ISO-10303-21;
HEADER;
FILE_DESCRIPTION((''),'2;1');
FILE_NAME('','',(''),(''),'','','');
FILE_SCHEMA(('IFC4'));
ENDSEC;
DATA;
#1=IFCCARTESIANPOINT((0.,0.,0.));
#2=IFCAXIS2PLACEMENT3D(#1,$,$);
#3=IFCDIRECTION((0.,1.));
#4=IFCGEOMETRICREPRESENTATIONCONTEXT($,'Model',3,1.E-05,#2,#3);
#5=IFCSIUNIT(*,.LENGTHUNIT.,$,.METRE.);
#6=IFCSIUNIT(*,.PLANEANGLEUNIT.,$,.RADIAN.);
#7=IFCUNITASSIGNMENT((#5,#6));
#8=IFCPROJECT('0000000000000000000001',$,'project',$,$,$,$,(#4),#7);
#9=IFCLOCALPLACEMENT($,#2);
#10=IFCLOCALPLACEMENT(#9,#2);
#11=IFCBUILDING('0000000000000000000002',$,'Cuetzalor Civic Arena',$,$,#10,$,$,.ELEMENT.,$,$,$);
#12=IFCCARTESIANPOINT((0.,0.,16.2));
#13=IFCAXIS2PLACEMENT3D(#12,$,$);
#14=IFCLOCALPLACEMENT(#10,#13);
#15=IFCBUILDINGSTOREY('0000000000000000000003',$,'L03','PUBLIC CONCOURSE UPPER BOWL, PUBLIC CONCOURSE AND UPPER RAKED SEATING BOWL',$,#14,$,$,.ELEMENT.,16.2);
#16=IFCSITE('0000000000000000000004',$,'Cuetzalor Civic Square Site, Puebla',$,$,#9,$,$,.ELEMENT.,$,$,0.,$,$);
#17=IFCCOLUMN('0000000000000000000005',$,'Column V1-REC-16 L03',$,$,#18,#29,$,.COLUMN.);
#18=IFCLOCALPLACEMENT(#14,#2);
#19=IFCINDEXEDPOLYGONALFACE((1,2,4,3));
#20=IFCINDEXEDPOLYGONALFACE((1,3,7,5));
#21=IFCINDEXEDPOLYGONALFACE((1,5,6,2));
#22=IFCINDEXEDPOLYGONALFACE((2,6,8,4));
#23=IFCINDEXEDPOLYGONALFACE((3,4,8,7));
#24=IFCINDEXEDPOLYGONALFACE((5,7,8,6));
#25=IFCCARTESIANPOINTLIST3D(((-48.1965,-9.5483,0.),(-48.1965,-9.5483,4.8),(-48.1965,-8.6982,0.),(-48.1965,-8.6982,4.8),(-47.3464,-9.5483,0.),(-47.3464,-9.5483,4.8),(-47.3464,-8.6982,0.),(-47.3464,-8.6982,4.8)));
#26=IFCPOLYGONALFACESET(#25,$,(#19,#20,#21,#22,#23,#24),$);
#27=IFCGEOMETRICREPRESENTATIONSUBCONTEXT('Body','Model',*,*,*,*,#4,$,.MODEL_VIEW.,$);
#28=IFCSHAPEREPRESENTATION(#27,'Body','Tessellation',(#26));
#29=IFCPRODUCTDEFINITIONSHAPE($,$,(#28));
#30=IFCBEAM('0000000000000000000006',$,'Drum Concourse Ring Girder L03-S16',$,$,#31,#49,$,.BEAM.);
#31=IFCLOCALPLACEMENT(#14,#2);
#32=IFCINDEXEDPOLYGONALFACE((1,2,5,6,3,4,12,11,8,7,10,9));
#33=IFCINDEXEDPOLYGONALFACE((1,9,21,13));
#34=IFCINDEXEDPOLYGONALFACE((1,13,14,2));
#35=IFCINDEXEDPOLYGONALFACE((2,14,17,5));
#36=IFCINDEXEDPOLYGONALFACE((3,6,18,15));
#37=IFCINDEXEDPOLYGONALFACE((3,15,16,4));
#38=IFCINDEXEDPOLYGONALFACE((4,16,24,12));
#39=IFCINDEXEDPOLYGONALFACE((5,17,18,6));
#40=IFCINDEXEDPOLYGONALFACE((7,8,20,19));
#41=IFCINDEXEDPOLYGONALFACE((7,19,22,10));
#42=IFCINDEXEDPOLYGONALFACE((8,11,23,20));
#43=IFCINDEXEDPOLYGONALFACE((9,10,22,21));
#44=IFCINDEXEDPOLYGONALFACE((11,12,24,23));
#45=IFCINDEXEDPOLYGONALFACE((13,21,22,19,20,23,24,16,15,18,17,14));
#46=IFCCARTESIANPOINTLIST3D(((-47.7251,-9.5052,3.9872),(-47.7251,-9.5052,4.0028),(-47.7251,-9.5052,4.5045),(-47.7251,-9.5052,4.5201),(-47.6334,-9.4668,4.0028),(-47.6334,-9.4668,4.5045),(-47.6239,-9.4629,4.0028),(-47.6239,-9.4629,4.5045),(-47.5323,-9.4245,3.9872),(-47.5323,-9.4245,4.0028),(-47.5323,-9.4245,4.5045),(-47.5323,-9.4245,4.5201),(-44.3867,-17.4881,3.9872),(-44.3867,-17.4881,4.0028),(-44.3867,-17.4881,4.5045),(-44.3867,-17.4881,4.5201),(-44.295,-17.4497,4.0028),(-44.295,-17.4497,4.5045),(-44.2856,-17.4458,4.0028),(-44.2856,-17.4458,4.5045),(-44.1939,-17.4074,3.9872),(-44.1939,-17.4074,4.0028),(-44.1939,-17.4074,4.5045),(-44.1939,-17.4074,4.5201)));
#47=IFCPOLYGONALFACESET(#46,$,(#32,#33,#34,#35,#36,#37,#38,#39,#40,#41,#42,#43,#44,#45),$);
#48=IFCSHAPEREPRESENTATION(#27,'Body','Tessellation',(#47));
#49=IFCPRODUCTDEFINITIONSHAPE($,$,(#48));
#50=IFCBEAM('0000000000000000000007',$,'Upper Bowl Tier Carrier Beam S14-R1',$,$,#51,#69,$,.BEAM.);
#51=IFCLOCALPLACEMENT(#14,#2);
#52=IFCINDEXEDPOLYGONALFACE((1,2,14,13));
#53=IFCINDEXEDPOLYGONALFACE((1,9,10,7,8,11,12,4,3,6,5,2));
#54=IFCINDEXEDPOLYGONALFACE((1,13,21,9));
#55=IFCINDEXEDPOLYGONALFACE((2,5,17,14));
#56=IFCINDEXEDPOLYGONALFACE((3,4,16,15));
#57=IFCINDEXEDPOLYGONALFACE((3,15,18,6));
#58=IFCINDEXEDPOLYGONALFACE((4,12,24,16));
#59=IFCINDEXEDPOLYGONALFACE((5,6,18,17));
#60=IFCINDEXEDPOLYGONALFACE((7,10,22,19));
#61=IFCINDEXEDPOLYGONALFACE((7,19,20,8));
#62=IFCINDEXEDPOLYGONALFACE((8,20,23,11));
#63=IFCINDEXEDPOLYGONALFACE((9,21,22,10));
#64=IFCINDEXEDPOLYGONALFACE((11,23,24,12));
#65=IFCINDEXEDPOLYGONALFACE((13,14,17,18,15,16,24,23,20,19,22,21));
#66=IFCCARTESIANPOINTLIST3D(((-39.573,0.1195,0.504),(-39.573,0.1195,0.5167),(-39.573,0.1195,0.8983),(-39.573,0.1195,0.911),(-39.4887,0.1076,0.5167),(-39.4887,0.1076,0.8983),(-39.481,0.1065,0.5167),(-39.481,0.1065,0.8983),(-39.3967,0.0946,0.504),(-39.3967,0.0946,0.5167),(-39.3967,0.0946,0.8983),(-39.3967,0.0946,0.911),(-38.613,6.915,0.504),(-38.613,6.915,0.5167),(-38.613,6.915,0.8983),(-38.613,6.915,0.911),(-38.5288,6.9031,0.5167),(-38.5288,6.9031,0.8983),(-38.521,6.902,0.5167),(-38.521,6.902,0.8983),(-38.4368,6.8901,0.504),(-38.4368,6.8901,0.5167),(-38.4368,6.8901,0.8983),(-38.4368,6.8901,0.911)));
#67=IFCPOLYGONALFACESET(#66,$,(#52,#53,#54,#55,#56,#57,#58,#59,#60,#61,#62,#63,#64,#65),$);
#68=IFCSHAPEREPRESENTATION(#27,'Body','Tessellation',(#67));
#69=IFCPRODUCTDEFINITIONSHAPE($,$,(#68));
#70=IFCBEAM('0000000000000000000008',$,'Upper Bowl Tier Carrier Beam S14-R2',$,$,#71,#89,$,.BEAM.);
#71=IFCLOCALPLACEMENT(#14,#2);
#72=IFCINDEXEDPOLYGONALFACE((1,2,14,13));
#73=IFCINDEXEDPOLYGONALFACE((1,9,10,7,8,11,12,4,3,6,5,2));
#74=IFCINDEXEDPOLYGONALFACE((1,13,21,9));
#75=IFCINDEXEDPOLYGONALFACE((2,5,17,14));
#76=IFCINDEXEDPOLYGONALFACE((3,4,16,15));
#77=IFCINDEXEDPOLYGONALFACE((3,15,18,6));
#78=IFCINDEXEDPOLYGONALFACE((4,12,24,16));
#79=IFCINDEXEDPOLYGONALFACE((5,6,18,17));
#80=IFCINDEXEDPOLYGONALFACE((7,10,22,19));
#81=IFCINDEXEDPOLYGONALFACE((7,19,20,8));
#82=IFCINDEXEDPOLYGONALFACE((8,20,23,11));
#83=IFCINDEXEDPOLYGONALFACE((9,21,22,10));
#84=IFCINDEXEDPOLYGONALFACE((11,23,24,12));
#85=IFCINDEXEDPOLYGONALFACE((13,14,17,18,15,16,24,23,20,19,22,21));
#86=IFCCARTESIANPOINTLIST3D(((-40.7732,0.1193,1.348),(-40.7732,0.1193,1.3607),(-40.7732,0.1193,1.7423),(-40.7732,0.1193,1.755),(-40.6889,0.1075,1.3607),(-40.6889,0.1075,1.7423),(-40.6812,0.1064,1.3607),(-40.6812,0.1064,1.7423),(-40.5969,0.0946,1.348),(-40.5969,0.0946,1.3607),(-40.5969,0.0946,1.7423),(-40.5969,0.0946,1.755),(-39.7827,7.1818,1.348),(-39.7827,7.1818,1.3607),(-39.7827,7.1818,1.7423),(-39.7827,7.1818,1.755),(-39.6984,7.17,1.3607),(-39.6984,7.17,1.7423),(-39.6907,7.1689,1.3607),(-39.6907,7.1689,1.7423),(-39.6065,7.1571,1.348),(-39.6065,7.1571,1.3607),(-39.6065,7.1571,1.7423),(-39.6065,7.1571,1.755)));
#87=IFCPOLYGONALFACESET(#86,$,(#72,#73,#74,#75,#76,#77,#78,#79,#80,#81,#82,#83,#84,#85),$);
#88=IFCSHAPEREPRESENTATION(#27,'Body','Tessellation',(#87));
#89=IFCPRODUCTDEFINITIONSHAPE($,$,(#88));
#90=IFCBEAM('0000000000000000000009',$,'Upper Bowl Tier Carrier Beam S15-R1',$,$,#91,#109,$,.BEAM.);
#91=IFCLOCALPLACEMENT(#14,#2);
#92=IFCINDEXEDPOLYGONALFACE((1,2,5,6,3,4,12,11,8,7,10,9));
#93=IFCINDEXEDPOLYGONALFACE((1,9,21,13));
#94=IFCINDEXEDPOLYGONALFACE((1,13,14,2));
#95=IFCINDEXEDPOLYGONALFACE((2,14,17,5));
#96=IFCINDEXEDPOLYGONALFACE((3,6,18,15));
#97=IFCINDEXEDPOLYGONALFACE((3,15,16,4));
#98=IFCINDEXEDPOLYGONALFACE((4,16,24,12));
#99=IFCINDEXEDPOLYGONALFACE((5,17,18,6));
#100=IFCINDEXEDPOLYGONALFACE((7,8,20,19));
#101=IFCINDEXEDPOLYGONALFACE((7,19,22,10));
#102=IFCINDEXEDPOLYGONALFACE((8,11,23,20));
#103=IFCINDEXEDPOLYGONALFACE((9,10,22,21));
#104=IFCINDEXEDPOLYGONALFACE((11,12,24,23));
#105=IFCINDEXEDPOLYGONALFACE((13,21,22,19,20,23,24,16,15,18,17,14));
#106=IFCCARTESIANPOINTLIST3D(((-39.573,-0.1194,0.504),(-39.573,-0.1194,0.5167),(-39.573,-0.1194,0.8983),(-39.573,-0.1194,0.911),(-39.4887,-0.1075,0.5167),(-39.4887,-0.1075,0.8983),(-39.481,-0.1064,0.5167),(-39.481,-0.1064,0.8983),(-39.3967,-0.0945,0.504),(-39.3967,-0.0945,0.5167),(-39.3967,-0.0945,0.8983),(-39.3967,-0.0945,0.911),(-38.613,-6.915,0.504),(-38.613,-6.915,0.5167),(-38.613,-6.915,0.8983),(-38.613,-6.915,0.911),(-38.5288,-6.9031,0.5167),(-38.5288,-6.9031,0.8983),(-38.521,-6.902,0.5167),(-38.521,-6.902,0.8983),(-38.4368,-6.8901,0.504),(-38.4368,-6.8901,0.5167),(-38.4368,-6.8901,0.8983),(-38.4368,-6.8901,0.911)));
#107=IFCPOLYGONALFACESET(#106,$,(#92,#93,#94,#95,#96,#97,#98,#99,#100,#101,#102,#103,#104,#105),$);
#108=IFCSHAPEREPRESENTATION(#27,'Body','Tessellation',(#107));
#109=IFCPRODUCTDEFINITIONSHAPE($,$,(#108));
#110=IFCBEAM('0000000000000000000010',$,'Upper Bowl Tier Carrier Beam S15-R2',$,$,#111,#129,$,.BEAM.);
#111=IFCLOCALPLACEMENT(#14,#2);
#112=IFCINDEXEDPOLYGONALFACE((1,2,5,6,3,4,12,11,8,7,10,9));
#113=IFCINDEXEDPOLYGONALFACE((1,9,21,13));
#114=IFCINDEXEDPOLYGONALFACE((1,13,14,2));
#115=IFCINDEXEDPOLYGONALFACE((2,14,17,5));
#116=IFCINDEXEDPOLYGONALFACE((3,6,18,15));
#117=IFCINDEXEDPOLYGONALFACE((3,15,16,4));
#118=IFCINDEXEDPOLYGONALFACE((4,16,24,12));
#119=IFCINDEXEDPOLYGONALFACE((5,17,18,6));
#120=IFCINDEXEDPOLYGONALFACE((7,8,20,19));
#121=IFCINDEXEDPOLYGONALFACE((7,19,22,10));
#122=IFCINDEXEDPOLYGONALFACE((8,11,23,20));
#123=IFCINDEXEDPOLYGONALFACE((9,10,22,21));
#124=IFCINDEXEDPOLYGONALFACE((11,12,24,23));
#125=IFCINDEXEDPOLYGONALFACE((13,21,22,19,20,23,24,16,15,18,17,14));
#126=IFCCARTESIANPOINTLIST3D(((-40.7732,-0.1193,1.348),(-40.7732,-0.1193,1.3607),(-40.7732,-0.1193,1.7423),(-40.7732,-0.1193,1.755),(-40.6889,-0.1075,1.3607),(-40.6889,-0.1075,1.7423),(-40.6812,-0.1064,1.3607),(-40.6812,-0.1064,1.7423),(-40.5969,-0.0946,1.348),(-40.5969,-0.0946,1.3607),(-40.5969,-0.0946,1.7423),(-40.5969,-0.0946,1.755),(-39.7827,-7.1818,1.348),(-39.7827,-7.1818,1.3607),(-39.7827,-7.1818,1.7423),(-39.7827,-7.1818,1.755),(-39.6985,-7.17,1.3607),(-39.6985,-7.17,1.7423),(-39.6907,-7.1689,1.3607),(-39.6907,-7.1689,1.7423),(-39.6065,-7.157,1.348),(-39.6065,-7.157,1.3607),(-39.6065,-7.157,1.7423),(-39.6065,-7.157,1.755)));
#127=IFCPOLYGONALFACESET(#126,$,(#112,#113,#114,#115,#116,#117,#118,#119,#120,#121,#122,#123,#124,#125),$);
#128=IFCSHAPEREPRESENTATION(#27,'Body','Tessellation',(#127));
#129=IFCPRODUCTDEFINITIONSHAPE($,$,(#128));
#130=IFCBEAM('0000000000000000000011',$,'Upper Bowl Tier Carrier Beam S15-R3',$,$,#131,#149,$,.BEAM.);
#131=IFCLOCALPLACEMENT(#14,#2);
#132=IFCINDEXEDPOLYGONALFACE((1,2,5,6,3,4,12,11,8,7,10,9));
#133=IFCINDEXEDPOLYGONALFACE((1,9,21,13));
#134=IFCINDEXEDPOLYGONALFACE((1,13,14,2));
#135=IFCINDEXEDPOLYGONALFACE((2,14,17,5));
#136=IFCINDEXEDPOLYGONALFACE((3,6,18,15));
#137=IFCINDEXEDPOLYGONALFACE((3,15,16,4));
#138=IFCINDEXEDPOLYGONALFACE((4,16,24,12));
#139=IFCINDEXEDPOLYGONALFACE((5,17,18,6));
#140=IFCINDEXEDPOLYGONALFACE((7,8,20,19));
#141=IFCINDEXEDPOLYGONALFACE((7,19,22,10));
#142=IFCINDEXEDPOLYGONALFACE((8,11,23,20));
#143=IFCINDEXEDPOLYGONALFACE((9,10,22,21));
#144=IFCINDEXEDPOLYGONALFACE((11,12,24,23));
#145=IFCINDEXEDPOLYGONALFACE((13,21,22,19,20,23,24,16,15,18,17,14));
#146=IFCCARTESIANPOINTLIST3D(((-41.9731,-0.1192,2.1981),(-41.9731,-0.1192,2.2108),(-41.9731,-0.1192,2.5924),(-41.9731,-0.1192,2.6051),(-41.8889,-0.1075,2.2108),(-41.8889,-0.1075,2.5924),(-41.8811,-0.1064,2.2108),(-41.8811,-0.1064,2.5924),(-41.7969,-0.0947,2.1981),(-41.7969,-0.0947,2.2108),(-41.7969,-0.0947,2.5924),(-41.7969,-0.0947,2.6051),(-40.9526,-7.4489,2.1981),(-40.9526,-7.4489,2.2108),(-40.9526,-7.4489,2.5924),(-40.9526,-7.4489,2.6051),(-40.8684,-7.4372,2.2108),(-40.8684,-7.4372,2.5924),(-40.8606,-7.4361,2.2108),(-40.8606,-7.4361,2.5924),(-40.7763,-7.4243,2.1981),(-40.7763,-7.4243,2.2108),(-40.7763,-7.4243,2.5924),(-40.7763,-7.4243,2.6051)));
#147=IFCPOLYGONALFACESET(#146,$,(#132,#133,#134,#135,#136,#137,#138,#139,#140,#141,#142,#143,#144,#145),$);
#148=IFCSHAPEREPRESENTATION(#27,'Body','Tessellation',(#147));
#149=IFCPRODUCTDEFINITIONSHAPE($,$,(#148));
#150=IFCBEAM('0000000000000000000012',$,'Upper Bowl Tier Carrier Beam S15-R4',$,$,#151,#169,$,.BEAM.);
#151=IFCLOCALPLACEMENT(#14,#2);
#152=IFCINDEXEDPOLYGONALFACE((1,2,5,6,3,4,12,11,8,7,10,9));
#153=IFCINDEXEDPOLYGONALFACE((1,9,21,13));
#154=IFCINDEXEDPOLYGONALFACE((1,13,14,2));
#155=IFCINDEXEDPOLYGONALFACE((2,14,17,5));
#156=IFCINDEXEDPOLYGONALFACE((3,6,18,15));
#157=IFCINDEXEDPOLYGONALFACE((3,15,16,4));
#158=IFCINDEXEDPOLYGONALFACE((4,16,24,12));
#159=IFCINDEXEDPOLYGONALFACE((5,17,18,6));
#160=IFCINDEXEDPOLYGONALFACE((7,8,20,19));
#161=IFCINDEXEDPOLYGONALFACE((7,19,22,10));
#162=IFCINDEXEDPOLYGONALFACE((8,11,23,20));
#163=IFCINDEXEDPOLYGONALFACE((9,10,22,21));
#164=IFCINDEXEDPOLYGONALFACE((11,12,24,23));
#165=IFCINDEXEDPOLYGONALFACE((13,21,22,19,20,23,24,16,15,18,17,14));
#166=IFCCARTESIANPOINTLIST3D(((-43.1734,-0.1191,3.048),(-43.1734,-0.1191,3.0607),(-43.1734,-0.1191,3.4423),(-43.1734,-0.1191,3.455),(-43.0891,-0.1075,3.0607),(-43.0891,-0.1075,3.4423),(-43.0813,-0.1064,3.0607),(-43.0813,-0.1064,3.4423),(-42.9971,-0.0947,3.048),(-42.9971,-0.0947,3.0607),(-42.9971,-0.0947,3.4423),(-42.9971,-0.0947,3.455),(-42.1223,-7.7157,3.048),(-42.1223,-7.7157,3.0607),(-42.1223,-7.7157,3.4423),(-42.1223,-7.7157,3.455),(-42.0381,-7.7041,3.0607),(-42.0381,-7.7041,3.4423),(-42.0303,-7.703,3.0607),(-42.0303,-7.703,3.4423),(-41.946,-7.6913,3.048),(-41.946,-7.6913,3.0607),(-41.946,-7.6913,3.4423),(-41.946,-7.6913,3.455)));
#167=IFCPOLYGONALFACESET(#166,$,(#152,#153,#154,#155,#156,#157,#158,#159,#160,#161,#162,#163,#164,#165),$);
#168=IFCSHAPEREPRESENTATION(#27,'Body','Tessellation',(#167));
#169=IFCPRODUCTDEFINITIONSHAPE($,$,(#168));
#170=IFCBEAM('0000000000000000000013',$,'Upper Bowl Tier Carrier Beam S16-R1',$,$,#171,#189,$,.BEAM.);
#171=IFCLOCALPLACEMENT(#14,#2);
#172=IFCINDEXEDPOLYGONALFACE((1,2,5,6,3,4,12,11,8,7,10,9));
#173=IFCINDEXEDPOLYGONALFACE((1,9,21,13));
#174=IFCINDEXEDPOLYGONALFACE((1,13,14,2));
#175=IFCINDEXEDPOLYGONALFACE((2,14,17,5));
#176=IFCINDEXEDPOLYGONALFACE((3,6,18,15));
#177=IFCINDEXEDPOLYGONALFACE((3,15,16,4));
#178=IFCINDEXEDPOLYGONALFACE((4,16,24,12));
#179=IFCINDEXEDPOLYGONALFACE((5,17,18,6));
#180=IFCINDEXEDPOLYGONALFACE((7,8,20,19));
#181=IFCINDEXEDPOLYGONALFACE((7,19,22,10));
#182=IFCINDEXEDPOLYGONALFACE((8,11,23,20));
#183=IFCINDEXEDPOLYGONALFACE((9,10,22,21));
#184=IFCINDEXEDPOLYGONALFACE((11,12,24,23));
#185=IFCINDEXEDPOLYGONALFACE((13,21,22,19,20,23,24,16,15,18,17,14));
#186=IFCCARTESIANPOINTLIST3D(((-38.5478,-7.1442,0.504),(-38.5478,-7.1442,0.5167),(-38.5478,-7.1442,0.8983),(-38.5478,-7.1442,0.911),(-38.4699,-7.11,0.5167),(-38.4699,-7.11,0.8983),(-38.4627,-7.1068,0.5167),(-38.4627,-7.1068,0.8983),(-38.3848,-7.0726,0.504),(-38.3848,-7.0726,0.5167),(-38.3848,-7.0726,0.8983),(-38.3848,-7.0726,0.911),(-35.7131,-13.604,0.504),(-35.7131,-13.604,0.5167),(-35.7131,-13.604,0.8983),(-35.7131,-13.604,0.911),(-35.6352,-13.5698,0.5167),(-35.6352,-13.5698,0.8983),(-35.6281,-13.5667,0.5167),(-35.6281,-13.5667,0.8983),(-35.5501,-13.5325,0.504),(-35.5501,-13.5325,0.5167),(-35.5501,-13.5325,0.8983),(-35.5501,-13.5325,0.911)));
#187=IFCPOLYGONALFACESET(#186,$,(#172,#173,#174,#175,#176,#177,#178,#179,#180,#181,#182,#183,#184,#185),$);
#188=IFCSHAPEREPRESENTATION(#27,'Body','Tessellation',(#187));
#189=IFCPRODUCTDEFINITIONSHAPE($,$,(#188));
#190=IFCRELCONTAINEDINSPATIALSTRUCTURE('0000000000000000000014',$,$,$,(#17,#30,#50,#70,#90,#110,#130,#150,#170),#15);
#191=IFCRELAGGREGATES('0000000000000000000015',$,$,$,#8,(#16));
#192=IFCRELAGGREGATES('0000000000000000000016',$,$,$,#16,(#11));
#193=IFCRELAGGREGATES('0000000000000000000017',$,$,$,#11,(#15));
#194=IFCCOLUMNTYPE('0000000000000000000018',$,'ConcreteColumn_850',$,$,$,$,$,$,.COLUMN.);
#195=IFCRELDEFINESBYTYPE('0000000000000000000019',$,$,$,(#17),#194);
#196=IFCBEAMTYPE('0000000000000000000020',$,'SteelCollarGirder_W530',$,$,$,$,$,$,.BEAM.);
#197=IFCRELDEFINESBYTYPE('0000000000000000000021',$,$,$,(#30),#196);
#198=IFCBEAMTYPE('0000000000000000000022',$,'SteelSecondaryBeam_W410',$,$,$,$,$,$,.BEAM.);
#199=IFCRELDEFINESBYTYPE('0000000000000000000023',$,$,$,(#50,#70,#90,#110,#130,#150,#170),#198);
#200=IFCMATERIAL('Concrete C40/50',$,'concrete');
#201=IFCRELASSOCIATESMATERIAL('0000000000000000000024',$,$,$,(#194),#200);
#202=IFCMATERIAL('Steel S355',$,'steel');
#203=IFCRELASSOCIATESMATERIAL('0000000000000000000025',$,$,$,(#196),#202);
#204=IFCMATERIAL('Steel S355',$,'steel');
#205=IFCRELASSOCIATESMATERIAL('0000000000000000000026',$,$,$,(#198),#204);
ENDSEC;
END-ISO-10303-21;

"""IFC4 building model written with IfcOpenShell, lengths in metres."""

from ifc_helpers import new_model, si_unit, direction, frame, origin, origin_2d, place, context, subcontext, project, spatial, rectangle, i_section, extrude, material, material_profile, profile_set, type_object, element, save


model = new_model("IFC4")

# Units and contexts
model_context = context("Model", 3, precision=1e-05, world=origin(), true_north=direction((0.0, 1.0)))
body_context = subcontext(model_context, "Body", "Model", "MODEL_VIEW")
ifc_project = project(units=[si_unit("LENGTHUNIT", "METRE"), si_unit("PLANEANGLEUNIT", "RADIAN")], contexts=[model_context])

# Site, building, storey
site_placement = place(None, origin())
site = spatial("IfcSite", under=ifc_project, at=site_placement, Name="Cuetzalor Civic Square Site, Puebla", CompositionType="ELEMENT", RefElevation=0.0)
building_placement = place(site_placement, origin())
building = spatial("IfcBuilding", under=site, at=building_placement, Name="Cuetzalor Civic Arena", CompositionType="ELEMENT")
storey_placement = place(building_placement, frame((0.0, 0.0, 16.2)))
storey = spatial("IfcBuildingStorey", under=building, at=storey_placement, Name="L03", Description="PUBLIC CONCOURSE UPPER BOWL, PUBLIC CONCOURSE AND UPPER RAKED SEATING BOWL", CompositionType="ELEMENT", Elevation=16.2)

# Column
ifc_material_1 = material(Name="Concrete C40/50", Category="concrete")
ifc_material_profile_1 = material_profile(ifc_material_1, rectangle(XDim=0.8501, YDim=0.8501, at=origin_2d()), Name="RC 850x850")
ifc_profile_set_1 = profile_set([ifc_material_profile_1], Name="Concrete C40/50")
column_type = type_object("IfcColumnType", Name="ConcreteColumn_850", PredefinedType="COLUMN", material=ifc_profile_set_1)
column_placement = place(storey_placement, frame((-47.7715, -9.1233, 0.0), z_axis=(0.0, 0.0, 1.0), x_axis=(1.0, 0.0, 0.0)))
element("IfcColumn", 1, at=column_placement, inside=storey, type_object=column_type, Name="Column V1-REC-16 L03", PredefinedType="COLUMN", context=body_context, shape_type="SweptSolid", body=[
    extrude(rectangle(XDim=0.8501, YDim=0.8501, at=origin_2d()), origin(), (0.0, 0.0, 1.0), 4.8),
])

# Beams
ifc_material_2 = material(Name="Steel S355", Category="steel")
ifc_material_profile_2 = material_profile(ifc_material_2, i_section(OverallWidth=0.209, OverallDepth=0.533, WebThickness=0.0103, FlangeThickness=0.0156, at=origin_2d()), Name="W530x92")
ifc_profile_set_2 = profile_set([ifc_material_profile_2], Name="Steel S355")
beam_type_1 = type_object("IfcBeamType", Name="SteelCollarGirder_W530", PredefinedType="BEAM", material=ifc_profile_set_2)
beam_1_placement = place(storey_placement, frame((-47.6287, -9.4648, 4.2537), z_axis=(0.385813, -0.922577, 0.0), x_axis=(0.922577, 0.385813, 0.0)))
element("IfcBeam", 2, at=beam_1_placement, inside=storey, type_object=beam_type_1, Name="Drum Concourse Ring Girder L03-S16", PredefinedType="BEAM", context=body_context, shape_type="SweptSolid", body=[
    extrude(i_section(OverallWidth=0.209, OverallDepth=0.533, WebThickness=0.0103, FlangeThickness=0.0156, at=origin_2d()), origin(), (0.0, 0.0, 1.0), 8.6528),
])
ifc_material_3 = material(Name="Steel S355", Category="steel")
ifc_material_profile_3 = material_profile(ifc_material_3, i_section(OverallWidth=0.178, OverallDepth=0.407, WebThickness=0.0078, FlangeThickness=0.0127, at=origin_2d()), Name="W410x60")
ifc_profile_set_3 = profile_set([ifc_material_profile_3], Name="Steel S355")
beam_type_2 = type_object("IfcBeamType", Name="SteelSecondaryBeam_W410", PredefinedType="BEAM", material=ifc_profile_set_3)
beam_2_placement = place(storey_placement, frame((-38.5249, 6.9026, 0.7075), z_axis=(-0.139872, -0.99017, 0.0), x_axis=(0.99017, -0.139872, 0.0)))
element("IfcBeam", 3, at=beam_2_placement, inside=storey, type_object=beam_type_2, Name="Upper Bowl Tier Carrier Beam S14-R1", PredefinedType="BEAM", context=body_context, shape_type="SweptSolid", body=[
    extrude(i_section(OverallWidth=0.178, OverallDepth=0.407, WebThickness=0.0078, FlangeThickness=0.0127, at=origin_2d()), origin(), (0.0, 0.0, 1.0), 6.863),
])
beam_3_placement = place(storey_placement, frame((-39.6946, 7.1694, 1.5515), z_axis=(-0.138886, -0.990308, 0.0), x_axis=(0.990308, -0.138886, 0.0)))
element("IfcBeam", 4, at=beam_3_placement, inside=storey, type_object=beam_type_2, Name="Upper Bowl Tier Carrier Beam S14-R2", PredefinedType="BEAM", context=body_context, shape_type="SweptSolid", body=[
    extrude(i_section(OverallWidth=0.178, OverallDepth=0.407, WebThickness=0.0078, FlangeThickness=0.0127, at=origin_2d()), origin(), (0.0, 0.0, 1.0), 7.1316),
])
beam_4_placement = place(storey_placement, frame((-39.4849, -0.1069, 0.7075), z_axis=(0.139872, -0.99017, 0.0), x_axis=(0.99017, 0.139872, 0.0)))
element("IfcBeam", 5, at=beam_4_placement, inside=storey, type_object=beam_type_2, Name="Upper Bowl Tier Carrier Beam S15-R1", PredefinedType="BEAM", context=body_context, shape_type="SweptSolid", body=[
    extrude(i_section(OverallWidth=0.178, OverallDepth=0.407, WebThickness=0.0078, FlangeThickness=0.0127, at=origin_2d()), origin(), (0.0, 0.0, 1.0), 6.863),
])
beam_5_placement = place(storey_placement, frame((-40.6851, -0.1069, 1.5515), z_axis=(0.138886, -0.990308, 0.0), x_axis=(0.990308, 0.138886, 0.0)))
element("IfcBeam", 6, at=beam_5_placement, inside=storey, type_object=beam_type_2, Name="Upper Bowl Tier Carrier Beam S15-R2", PredefinedType="BEAM", context=body_context, shape_type="SweptSolid", body=[
    extrude(i_section(OverallWidth=0.178, OverallDepth=0.407, WebThickness=0.0078, FlangeThickness=0.0127, at=origin_2d()), origin(), (0.0, 0.0, 1.0), 7.1316),
])
beam_6_placement = place(storey_placement, frame((-41.885, -0.1069, 2.4016), z_axis=(0.137901, -0.990446, 0.0), x_axis=(0.990446, 0.137901, 0.0)))
element("IfcBeam", 7, at=beam_6_placement, inside=storey, type_object=beam_type_2, Name="Upper Bowl Tier Carrier Beam S15-R3", PredefinedType="BEAM", context=body_context, shape_type="SweptSolid", body=[
    extrude(i_section(OverallWidth=0.178, OverallDepth=0.407, WebThickness=0.0078, FlangeThickness=0.0127, at=origin_2d()), origin(), (0.0, 0.0, 1.0), 7.4004),
])
beam_7_placement = place(storey_placement, frame((-43.0852, -0.1069, 3.2515), z_axis=(0.137048, -0.990564, 0.0), x_axis=(0.990564, 0.137048, 0.0)))
element("IfcBeam", 8, at=beam_7_placement, inside=storey, type_object=beam_type_2, Name="Upper Bowl Tier Carrier Beam S15-R4", PredefinedType="BEAM", context=body_context, shape_type="SweptSolid", body=[
    extrude(i_section(OverallWidth=0.178, OverallDepth=0.407, WebThickness=0.0078, FlangeThickness=0.0127, at=origin_2d()), origin(), (0.0, 0.0, 1.0), 7.6689),
])
beam_8_placement = place(storey_placement, frame((-38.4663, -7.1084, 0.7075), z_axis=(0.401828, -0.915715, 0.0), x_axis=(0.915715, 0.401828, 0.0)))
element("IfcBeam", 9, at=beam_8_placement, inside=storey, type_object=beam_type_2, Name="Upper Bowl Tier Carrier Beam S16-R1", PredefinedType="BEAM", context=body_context, shape_type="SweptSolid", body=[
    extrude(i_section(OverallWidth=0.178, OverallDepth=0.407, WebThickness=0.0078, FlangeThickness=0.0127, at=origin_2d()), origin(), (0.0, 0.0, 1.0), 7.0544),
])

save(model, "model.ifc")
